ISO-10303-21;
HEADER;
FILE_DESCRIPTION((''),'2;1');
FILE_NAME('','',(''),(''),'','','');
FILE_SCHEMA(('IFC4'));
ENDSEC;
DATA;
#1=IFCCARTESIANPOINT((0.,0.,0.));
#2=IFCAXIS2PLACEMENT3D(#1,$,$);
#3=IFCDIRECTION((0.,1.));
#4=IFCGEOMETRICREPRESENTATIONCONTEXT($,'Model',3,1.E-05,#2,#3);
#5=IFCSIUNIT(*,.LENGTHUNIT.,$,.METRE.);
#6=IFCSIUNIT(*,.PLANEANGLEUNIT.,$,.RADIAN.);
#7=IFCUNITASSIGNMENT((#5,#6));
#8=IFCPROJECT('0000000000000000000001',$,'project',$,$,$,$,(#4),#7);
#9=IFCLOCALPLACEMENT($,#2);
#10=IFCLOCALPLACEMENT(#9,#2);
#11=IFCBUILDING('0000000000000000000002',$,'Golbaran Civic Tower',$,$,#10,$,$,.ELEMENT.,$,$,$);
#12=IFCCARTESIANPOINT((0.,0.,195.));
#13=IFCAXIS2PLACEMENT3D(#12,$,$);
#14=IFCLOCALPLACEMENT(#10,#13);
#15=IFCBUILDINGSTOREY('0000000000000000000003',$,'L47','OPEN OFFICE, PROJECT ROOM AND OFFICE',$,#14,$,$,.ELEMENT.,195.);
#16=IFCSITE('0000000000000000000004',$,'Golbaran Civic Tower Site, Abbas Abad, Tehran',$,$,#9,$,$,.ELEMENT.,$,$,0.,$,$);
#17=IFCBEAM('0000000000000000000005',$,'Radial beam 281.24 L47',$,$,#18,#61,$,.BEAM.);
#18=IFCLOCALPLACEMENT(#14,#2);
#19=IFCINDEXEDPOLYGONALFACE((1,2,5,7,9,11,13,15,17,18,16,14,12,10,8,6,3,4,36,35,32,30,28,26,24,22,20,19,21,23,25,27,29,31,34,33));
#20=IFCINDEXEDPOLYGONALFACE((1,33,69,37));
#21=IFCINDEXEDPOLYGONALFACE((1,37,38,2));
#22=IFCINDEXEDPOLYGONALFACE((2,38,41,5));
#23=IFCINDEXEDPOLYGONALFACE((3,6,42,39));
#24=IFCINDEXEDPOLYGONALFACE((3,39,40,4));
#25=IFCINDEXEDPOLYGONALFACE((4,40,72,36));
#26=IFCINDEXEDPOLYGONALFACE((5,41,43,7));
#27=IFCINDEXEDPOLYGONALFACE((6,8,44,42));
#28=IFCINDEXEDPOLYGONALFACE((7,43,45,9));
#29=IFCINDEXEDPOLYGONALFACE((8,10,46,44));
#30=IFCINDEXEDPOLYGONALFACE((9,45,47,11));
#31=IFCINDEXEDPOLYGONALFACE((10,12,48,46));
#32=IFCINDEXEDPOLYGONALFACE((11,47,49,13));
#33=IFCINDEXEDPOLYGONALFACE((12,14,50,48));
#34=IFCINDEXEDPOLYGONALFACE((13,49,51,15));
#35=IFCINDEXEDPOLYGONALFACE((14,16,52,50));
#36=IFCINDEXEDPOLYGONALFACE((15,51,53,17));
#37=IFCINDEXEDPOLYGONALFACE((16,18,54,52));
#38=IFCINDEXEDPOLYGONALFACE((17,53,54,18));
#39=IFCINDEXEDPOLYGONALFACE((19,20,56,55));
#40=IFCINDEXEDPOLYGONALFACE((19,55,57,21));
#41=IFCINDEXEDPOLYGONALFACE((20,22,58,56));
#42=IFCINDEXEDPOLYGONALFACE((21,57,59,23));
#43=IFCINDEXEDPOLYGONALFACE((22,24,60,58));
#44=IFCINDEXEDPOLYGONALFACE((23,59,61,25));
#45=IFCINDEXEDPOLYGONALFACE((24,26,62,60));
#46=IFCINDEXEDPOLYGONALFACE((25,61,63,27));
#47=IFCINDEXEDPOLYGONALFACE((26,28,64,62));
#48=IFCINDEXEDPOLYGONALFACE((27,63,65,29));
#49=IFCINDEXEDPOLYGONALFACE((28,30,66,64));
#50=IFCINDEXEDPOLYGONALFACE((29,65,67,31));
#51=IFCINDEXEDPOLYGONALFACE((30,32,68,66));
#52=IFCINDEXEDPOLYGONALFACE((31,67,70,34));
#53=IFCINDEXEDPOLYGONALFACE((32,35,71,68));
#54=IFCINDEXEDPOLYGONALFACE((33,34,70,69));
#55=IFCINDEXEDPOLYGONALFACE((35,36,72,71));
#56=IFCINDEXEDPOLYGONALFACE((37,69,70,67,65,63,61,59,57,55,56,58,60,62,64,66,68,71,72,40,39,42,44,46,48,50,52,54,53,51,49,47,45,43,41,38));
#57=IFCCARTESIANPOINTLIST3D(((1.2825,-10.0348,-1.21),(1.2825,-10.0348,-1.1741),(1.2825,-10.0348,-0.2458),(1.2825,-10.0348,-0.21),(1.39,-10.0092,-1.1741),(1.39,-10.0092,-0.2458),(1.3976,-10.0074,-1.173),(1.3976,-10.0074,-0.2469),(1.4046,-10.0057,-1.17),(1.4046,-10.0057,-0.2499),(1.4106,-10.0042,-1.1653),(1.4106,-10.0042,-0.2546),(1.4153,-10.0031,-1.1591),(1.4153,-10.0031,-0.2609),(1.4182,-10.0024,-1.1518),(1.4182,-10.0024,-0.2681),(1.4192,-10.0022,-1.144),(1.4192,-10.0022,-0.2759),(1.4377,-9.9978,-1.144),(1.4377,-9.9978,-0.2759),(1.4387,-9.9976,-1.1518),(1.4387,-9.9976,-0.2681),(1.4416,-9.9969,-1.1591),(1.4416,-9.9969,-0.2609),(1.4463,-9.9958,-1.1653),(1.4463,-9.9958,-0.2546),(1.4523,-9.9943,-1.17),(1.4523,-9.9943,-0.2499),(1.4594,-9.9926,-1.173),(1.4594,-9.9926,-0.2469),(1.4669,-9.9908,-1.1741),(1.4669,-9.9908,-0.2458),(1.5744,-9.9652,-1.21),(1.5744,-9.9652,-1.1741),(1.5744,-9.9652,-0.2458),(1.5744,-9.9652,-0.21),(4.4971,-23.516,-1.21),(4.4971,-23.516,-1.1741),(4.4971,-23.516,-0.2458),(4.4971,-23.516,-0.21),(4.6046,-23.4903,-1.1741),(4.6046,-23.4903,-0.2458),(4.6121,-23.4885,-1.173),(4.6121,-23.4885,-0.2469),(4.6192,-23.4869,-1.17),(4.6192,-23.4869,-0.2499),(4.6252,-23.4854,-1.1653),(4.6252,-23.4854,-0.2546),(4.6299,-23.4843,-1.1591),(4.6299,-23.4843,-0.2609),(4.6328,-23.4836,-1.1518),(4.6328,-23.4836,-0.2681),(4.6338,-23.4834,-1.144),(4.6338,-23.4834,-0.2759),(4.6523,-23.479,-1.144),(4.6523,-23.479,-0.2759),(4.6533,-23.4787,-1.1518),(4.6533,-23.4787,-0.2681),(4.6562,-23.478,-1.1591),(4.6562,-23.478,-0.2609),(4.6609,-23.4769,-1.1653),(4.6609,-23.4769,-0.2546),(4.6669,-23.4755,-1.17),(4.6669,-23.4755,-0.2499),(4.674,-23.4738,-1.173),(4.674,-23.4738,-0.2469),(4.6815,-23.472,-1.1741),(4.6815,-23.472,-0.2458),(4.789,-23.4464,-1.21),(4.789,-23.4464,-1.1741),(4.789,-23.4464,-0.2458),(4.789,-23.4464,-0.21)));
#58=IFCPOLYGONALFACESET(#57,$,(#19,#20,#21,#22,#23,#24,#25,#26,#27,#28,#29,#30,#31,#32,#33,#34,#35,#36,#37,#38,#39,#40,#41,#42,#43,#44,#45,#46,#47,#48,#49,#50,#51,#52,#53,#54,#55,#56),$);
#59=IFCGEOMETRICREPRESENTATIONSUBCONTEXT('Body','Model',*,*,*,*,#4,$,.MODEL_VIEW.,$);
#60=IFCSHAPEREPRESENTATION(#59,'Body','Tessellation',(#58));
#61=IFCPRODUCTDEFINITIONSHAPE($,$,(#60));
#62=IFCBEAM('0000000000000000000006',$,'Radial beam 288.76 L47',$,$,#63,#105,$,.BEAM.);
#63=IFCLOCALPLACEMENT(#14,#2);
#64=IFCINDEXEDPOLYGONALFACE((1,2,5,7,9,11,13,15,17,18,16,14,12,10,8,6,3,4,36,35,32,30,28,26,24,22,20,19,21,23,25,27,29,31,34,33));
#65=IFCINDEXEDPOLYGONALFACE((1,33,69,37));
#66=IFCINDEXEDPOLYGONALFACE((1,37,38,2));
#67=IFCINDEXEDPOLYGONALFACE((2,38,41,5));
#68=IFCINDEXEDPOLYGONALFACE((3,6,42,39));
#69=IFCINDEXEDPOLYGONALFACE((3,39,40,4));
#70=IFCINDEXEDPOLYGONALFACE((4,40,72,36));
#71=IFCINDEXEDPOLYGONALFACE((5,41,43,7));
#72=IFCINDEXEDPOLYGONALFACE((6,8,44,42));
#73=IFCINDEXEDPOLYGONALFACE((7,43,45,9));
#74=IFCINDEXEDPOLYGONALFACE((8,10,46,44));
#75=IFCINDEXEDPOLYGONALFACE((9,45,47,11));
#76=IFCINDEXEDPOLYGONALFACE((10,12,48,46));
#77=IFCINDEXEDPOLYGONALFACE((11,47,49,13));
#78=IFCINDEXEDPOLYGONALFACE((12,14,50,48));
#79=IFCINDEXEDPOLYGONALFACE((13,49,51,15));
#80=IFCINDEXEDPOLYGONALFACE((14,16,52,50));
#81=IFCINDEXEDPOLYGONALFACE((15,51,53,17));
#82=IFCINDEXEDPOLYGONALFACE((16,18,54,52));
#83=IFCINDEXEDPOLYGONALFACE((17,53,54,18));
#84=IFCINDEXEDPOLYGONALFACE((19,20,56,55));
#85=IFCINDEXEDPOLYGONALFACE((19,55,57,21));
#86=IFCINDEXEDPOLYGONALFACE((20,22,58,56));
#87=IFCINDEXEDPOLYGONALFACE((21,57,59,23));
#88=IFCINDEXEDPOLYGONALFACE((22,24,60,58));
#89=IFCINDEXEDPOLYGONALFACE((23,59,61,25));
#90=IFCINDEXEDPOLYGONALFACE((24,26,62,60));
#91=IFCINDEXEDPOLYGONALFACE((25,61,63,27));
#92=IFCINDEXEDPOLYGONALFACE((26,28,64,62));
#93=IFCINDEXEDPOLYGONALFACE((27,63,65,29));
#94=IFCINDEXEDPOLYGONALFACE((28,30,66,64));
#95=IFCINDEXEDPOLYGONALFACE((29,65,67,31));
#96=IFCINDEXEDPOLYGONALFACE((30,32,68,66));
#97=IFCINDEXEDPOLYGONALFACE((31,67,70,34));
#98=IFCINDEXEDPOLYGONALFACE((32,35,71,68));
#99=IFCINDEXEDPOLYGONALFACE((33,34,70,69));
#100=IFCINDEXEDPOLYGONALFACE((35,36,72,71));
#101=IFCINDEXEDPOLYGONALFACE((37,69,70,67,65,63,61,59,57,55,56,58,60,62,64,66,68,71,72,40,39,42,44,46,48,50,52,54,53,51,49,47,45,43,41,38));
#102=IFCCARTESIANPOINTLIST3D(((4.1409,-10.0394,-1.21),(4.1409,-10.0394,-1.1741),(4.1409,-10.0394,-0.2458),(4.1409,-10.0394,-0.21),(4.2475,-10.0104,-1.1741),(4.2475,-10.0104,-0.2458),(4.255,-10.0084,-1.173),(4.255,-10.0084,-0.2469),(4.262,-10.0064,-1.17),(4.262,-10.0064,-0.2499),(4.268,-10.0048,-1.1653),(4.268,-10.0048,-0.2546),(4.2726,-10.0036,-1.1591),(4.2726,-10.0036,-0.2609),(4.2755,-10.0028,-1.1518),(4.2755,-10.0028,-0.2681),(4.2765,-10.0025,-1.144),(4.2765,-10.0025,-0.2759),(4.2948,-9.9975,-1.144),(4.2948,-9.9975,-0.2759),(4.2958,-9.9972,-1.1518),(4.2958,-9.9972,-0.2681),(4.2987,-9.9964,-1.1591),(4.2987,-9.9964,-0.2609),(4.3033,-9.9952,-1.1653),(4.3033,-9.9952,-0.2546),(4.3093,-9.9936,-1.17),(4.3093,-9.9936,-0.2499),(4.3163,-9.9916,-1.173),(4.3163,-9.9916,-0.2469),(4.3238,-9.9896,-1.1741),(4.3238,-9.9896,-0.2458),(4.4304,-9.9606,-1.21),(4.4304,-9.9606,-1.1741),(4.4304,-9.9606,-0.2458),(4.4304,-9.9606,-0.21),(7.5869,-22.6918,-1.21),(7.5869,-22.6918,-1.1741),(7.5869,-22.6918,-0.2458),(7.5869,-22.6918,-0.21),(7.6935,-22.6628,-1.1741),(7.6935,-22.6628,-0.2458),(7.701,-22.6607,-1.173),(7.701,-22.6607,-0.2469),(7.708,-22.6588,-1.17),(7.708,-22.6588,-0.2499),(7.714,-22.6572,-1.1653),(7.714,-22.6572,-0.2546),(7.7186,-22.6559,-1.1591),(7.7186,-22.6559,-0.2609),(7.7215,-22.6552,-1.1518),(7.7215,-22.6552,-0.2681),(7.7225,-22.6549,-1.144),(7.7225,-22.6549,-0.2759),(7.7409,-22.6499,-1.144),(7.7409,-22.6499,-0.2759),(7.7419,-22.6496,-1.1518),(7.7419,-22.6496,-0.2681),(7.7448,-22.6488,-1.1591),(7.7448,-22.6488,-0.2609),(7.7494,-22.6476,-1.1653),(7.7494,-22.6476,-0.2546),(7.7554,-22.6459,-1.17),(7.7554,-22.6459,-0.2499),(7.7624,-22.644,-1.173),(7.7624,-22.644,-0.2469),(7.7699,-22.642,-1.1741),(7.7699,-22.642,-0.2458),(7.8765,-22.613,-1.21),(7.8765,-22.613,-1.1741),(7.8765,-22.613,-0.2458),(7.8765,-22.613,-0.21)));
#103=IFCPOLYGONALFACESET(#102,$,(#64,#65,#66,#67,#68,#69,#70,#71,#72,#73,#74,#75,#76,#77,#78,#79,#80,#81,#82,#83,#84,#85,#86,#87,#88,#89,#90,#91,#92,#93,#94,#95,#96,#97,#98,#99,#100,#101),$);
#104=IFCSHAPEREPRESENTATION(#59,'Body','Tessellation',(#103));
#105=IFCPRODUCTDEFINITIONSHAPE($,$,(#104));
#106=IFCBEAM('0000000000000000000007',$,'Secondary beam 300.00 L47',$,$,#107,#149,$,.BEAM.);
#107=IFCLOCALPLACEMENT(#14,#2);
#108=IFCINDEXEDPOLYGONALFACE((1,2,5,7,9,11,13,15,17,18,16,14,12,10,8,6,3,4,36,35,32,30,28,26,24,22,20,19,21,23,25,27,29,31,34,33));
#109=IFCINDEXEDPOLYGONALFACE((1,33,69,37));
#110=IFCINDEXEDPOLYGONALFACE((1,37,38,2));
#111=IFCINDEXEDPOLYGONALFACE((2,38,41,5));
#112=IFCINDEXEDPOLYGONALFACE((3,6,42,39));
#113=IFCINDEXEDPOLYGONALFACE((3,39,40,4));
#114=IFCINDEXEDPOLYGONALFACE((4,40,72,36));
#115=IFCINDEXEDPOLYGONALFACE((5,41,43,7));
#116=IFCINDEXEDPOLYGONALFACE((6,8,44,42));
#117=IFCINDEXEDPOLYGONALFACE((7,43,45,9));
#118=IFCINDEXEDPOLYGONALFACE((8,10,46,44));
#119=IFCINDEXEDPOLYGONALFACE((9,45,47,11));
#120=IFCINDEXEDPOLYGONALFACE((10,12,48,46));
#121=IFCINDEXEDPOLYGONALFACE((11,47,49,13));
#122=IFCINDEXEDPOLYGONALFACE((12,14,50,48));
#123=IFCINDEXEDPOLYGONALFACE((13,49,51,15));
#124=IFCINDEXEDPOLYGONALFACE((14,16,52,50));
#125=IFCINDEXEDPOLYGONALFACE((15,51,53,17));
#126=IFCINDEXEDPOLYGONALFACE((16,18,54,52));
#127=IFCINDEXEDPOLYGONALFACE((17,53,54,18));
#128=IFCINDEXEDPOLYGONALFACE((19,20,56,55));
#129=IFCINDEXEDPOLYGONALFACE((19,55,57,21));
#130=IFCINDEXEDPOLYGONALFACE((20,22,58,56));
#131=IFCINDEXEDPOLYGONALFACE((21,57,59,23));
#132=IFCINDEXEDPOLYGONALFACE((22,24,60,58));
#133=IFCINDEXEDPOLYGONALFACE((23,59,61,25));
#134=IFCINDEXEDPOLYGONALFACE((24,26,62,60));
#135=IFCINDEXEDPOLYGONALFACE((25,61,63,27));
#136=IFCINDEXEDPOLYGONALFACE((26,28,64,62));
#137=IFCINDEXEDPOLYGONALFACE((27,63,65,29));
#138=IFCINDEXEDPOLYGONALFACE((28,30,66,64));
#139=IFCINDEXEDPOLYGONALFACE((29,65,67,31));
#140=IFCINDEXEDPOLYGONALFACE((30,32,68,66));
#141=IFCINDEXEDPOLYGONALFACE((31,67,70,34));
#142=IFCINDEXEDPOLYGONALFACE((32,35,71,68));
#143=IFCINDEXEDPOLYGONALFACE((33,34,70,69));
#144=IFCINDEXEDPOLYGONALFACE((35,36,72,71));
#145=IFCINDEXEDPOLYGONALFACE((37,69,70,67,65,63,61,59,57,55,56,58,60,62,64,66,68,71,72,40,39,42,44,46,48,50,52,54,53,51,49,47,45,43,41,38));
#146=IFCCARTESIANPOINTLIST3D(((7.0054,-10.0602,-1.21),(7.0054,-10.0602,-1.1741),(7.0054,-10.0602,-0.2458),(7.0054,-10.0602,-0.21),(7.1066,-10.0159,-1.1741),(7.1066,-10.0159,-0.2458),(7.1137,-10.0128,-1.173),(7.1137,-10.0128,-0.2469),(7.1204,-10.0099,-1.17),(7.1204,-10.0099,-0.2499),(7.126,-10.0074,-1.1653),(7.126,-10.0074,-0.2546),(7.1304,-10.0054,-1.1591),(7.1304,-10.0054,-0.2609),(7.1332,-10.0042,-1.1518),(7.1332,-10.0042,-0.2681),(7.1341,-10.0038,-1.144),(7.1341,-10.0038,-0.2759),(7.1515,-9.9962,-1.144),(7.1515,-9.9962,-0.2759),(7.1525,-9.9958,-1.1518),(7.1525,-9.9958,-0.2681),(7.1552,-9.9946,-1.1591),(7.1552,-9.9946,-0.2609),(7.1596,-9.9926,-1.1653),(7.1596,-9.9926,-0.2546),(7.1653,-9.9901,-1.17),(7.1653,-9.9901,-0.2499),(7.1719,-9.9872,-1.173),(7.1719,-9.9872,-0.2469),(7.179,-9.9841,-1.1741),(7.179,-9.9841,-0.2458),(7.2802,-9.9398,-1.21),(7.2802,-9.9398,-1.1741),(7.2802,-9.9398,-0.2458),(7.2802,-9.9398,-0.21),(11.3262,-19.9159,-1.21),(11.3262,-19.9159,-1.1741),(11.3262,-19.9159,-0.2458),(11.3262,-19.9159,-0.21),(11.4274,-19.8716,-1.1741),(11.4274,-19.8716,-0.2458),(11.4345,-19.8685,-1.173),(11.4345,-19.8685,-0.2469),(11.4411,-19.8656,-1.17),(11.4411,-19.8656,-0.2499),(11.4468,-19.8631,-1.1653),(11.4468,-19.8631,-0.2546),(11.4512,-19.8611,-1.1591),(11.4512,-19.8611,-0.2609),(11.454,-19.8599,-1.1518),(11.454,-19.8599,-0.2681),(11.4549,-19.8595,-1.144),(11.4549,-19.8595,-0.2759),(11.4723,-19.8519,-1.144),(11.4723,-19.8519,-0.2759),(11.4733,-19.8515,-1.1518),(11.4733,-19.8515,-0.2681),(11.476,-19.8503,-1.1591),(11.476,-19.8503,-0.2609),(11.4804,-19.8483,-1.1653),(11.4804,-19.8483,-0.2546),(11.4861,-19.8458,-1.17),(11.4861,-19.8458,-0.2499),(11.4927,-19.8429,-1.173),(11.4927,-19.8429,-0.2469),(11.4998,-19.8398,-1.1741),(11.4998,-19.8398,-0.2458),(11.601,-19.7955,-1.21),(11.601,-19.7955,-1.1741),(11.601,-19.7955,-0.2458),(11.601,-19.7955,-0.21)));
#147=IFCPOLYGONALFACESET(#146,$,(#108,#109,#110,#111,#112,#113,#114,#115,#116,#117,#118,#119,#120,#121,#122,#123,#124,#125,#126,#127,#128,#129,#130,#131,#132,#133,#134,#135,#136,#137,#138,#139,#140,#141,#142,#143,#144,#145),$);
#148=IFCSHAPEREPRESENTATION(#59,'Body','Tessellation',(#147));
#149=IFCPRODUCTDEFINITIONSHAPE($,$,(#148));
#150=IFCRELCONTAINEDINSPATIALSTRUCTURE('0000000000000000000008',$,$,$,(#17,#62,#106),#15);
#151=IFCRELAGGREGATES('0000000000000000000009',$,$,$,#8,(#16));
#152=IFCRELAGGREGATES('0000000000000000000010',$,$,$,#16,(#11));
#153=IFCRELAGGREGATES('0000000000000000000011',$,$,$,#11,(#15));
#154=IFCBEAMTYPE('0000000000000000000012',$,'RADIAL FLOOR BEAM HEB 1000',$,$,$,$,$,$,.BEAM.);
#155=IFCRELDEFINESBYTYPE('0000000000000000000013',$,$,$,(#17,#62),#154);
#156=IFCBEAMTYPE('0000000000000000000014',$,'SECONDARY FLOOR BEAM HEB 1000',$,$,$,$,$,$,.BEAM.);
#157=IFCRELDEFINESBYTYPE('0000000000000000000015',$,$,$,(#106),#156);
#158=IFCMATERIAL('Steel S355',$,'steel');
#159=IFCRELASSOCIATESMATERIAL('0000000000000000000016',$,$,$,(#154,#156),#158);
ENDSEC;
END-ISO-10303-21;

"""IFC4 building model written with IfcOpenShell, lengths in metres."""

from ifc_helpers import new_model, si_unit, direction, frame, origin, origin_2d, place, context, subcontext, project, spatial, i_section, extrude, material, material_profile, profile_set, type_object, element, save


model = new_model("IFC4")

# Units and contexts
model_context = context("Model", 3, precision=1e-05, world=origin(), true_north=direction((0.0, 1.0)))
body_context = subcontext(model_context, "Body", "Model", "MODEL_VIEW")
ifc_project = project(units=[si_unit("LENGTHUNIT", "METRE"), si_unit("PLANEANGLEUNIT", "RADIAN")], contexts=[model_context])

# Site, building, storey
site_placement = place(None, origin())
site = spatial("IfcSite", under=ifc_project, at=site_placement, Name="Golbaran Civic Tower Site, Abbas Abad, Tehran", CompositionType="ELEMENT", RefElevation=0.0)
building_placement = place(site_placement, origin())
building = spatial("IfcBuilding", under=site, at=building_placement, Name="Golbaran Civic Tower", CompositionType="ELEMENT")
storey_placement = place(building_placement, frame((0.0, 0.0, 195.0)))
storey = spatial("IfcBuildingStorey", under=building, at=storey_placement, Name="L47", Description="OPEN OFFICE, PROJECT ROOM AND OFFICE", CompositionType="ELEMENT", Elevation=195.0)

# Beams
ifc_material_1 = material(Name="Steel S355", Category="steel")
ifc_material_profile_1 = material_profile(ifc_material_1, i_section(OverallWidth=0.3, OverallDepth=1.0, WebThickness=0.019, FlangeThickness=0.0359, FilletRadius=0.03, at=origin_2d()), Name="HEB 1000")
ifc_profile_set_1 = profile_set([ifc_material_profile_1], Name="Steel S355")
beam_type_1 = type_object("IfcBeamType", Name="RADIAL FLOOR BEAM HEB 1000", PredefinedType="BEAM", material=ifc_profile_set_1)
beam_1_placement = place(storey_placement, frame((1.4285, -10.0, -0.71), z_axis=(0.231948, -0.972728, 0.0), x_axis=(0.972728, 0.231948, 0.0)))
element("IfcBeam", 1, at=beam_1_placement, inside=storey, type_object=beam_type_1, Name="Radial beam 281.24 L47", PredefinedType="BEAM", context=body_context, shape_type="SweptSolid", body=[
    extrude(i_section(OverallWidth=0.3, OverallDepth=1.0, WebThickness=0.019, FlangeThickness=0.0359, FilletRadius=0.03, at=origin_2d()), origin(), (0.0, 0.0, 1.0), 13.8591),
])
beam_2_placement = place(storey_placement, frame((4.2856, -10.0, -0.71), z_axis=(0.262791, -0.964853, 0.0), x_axis=(0.964853, 0.262791, 0.0)))
element("IfcBeam", 2, at=beam_2_placement, inside=storey, type_object=beam_type_1, Name="Radial beam 288.76 L47", PredefinedType="BEAM", context=body_context, shape_type="SweptSolid", body=[
    extrude(i_section(OverallWidth=0.3, OverallDepth=1.0, WebThickness=0.019, FlangeThickness=0.0359, FilletRadius=0.03, at=origin_2d()), origin(), (0.0, 0.0, 1.0), 13.1133),
])
ifc_material_profile_2 = material_profile(ifc_material_1, i_section(OverallWidth=0.3, OverallDepth=1.0, WebThickness=0.019, FlangeThickness=0.0359, FilletRadius=0.03, at=origin_2d()), Name="HEB 1000")
ifc_profile_set_2 = profile_set([ifc_material_profile_2], Name="Steel S355")
beam_type_2 = type_object("IfcBeamType", Name="SECONDARY FLOOR BEAM HEB 1000", PredefinedType="BEAM", material=ifc_profile_set_2)
beam_3_placement = place(storey_placement, frame((7.1428, -10.0, -0.71), z_axis=(0.401515, -0.915852, 0.0), x_axis=(0.915852, 0.401515, 0.0)))
element("IfcBeam", 3, at=beam_3_placement, inside=storey, type_object=beam_type_2, Name="Secondary beam 300.00 L47", PredefinedType="BEAM", context=body_context, shape_type="SweptSolid", body=[
    extrude(i_section(OverallWidth=0.3, OverallDepth=1.0, WebThickness=0.019, FlangeThickness=0.0359, FilletRadius=0.03, at=origin_2d()), origin(), (0.0, 0.0, 1.0), 10.7612),
])

save(model, "model.ifc")
